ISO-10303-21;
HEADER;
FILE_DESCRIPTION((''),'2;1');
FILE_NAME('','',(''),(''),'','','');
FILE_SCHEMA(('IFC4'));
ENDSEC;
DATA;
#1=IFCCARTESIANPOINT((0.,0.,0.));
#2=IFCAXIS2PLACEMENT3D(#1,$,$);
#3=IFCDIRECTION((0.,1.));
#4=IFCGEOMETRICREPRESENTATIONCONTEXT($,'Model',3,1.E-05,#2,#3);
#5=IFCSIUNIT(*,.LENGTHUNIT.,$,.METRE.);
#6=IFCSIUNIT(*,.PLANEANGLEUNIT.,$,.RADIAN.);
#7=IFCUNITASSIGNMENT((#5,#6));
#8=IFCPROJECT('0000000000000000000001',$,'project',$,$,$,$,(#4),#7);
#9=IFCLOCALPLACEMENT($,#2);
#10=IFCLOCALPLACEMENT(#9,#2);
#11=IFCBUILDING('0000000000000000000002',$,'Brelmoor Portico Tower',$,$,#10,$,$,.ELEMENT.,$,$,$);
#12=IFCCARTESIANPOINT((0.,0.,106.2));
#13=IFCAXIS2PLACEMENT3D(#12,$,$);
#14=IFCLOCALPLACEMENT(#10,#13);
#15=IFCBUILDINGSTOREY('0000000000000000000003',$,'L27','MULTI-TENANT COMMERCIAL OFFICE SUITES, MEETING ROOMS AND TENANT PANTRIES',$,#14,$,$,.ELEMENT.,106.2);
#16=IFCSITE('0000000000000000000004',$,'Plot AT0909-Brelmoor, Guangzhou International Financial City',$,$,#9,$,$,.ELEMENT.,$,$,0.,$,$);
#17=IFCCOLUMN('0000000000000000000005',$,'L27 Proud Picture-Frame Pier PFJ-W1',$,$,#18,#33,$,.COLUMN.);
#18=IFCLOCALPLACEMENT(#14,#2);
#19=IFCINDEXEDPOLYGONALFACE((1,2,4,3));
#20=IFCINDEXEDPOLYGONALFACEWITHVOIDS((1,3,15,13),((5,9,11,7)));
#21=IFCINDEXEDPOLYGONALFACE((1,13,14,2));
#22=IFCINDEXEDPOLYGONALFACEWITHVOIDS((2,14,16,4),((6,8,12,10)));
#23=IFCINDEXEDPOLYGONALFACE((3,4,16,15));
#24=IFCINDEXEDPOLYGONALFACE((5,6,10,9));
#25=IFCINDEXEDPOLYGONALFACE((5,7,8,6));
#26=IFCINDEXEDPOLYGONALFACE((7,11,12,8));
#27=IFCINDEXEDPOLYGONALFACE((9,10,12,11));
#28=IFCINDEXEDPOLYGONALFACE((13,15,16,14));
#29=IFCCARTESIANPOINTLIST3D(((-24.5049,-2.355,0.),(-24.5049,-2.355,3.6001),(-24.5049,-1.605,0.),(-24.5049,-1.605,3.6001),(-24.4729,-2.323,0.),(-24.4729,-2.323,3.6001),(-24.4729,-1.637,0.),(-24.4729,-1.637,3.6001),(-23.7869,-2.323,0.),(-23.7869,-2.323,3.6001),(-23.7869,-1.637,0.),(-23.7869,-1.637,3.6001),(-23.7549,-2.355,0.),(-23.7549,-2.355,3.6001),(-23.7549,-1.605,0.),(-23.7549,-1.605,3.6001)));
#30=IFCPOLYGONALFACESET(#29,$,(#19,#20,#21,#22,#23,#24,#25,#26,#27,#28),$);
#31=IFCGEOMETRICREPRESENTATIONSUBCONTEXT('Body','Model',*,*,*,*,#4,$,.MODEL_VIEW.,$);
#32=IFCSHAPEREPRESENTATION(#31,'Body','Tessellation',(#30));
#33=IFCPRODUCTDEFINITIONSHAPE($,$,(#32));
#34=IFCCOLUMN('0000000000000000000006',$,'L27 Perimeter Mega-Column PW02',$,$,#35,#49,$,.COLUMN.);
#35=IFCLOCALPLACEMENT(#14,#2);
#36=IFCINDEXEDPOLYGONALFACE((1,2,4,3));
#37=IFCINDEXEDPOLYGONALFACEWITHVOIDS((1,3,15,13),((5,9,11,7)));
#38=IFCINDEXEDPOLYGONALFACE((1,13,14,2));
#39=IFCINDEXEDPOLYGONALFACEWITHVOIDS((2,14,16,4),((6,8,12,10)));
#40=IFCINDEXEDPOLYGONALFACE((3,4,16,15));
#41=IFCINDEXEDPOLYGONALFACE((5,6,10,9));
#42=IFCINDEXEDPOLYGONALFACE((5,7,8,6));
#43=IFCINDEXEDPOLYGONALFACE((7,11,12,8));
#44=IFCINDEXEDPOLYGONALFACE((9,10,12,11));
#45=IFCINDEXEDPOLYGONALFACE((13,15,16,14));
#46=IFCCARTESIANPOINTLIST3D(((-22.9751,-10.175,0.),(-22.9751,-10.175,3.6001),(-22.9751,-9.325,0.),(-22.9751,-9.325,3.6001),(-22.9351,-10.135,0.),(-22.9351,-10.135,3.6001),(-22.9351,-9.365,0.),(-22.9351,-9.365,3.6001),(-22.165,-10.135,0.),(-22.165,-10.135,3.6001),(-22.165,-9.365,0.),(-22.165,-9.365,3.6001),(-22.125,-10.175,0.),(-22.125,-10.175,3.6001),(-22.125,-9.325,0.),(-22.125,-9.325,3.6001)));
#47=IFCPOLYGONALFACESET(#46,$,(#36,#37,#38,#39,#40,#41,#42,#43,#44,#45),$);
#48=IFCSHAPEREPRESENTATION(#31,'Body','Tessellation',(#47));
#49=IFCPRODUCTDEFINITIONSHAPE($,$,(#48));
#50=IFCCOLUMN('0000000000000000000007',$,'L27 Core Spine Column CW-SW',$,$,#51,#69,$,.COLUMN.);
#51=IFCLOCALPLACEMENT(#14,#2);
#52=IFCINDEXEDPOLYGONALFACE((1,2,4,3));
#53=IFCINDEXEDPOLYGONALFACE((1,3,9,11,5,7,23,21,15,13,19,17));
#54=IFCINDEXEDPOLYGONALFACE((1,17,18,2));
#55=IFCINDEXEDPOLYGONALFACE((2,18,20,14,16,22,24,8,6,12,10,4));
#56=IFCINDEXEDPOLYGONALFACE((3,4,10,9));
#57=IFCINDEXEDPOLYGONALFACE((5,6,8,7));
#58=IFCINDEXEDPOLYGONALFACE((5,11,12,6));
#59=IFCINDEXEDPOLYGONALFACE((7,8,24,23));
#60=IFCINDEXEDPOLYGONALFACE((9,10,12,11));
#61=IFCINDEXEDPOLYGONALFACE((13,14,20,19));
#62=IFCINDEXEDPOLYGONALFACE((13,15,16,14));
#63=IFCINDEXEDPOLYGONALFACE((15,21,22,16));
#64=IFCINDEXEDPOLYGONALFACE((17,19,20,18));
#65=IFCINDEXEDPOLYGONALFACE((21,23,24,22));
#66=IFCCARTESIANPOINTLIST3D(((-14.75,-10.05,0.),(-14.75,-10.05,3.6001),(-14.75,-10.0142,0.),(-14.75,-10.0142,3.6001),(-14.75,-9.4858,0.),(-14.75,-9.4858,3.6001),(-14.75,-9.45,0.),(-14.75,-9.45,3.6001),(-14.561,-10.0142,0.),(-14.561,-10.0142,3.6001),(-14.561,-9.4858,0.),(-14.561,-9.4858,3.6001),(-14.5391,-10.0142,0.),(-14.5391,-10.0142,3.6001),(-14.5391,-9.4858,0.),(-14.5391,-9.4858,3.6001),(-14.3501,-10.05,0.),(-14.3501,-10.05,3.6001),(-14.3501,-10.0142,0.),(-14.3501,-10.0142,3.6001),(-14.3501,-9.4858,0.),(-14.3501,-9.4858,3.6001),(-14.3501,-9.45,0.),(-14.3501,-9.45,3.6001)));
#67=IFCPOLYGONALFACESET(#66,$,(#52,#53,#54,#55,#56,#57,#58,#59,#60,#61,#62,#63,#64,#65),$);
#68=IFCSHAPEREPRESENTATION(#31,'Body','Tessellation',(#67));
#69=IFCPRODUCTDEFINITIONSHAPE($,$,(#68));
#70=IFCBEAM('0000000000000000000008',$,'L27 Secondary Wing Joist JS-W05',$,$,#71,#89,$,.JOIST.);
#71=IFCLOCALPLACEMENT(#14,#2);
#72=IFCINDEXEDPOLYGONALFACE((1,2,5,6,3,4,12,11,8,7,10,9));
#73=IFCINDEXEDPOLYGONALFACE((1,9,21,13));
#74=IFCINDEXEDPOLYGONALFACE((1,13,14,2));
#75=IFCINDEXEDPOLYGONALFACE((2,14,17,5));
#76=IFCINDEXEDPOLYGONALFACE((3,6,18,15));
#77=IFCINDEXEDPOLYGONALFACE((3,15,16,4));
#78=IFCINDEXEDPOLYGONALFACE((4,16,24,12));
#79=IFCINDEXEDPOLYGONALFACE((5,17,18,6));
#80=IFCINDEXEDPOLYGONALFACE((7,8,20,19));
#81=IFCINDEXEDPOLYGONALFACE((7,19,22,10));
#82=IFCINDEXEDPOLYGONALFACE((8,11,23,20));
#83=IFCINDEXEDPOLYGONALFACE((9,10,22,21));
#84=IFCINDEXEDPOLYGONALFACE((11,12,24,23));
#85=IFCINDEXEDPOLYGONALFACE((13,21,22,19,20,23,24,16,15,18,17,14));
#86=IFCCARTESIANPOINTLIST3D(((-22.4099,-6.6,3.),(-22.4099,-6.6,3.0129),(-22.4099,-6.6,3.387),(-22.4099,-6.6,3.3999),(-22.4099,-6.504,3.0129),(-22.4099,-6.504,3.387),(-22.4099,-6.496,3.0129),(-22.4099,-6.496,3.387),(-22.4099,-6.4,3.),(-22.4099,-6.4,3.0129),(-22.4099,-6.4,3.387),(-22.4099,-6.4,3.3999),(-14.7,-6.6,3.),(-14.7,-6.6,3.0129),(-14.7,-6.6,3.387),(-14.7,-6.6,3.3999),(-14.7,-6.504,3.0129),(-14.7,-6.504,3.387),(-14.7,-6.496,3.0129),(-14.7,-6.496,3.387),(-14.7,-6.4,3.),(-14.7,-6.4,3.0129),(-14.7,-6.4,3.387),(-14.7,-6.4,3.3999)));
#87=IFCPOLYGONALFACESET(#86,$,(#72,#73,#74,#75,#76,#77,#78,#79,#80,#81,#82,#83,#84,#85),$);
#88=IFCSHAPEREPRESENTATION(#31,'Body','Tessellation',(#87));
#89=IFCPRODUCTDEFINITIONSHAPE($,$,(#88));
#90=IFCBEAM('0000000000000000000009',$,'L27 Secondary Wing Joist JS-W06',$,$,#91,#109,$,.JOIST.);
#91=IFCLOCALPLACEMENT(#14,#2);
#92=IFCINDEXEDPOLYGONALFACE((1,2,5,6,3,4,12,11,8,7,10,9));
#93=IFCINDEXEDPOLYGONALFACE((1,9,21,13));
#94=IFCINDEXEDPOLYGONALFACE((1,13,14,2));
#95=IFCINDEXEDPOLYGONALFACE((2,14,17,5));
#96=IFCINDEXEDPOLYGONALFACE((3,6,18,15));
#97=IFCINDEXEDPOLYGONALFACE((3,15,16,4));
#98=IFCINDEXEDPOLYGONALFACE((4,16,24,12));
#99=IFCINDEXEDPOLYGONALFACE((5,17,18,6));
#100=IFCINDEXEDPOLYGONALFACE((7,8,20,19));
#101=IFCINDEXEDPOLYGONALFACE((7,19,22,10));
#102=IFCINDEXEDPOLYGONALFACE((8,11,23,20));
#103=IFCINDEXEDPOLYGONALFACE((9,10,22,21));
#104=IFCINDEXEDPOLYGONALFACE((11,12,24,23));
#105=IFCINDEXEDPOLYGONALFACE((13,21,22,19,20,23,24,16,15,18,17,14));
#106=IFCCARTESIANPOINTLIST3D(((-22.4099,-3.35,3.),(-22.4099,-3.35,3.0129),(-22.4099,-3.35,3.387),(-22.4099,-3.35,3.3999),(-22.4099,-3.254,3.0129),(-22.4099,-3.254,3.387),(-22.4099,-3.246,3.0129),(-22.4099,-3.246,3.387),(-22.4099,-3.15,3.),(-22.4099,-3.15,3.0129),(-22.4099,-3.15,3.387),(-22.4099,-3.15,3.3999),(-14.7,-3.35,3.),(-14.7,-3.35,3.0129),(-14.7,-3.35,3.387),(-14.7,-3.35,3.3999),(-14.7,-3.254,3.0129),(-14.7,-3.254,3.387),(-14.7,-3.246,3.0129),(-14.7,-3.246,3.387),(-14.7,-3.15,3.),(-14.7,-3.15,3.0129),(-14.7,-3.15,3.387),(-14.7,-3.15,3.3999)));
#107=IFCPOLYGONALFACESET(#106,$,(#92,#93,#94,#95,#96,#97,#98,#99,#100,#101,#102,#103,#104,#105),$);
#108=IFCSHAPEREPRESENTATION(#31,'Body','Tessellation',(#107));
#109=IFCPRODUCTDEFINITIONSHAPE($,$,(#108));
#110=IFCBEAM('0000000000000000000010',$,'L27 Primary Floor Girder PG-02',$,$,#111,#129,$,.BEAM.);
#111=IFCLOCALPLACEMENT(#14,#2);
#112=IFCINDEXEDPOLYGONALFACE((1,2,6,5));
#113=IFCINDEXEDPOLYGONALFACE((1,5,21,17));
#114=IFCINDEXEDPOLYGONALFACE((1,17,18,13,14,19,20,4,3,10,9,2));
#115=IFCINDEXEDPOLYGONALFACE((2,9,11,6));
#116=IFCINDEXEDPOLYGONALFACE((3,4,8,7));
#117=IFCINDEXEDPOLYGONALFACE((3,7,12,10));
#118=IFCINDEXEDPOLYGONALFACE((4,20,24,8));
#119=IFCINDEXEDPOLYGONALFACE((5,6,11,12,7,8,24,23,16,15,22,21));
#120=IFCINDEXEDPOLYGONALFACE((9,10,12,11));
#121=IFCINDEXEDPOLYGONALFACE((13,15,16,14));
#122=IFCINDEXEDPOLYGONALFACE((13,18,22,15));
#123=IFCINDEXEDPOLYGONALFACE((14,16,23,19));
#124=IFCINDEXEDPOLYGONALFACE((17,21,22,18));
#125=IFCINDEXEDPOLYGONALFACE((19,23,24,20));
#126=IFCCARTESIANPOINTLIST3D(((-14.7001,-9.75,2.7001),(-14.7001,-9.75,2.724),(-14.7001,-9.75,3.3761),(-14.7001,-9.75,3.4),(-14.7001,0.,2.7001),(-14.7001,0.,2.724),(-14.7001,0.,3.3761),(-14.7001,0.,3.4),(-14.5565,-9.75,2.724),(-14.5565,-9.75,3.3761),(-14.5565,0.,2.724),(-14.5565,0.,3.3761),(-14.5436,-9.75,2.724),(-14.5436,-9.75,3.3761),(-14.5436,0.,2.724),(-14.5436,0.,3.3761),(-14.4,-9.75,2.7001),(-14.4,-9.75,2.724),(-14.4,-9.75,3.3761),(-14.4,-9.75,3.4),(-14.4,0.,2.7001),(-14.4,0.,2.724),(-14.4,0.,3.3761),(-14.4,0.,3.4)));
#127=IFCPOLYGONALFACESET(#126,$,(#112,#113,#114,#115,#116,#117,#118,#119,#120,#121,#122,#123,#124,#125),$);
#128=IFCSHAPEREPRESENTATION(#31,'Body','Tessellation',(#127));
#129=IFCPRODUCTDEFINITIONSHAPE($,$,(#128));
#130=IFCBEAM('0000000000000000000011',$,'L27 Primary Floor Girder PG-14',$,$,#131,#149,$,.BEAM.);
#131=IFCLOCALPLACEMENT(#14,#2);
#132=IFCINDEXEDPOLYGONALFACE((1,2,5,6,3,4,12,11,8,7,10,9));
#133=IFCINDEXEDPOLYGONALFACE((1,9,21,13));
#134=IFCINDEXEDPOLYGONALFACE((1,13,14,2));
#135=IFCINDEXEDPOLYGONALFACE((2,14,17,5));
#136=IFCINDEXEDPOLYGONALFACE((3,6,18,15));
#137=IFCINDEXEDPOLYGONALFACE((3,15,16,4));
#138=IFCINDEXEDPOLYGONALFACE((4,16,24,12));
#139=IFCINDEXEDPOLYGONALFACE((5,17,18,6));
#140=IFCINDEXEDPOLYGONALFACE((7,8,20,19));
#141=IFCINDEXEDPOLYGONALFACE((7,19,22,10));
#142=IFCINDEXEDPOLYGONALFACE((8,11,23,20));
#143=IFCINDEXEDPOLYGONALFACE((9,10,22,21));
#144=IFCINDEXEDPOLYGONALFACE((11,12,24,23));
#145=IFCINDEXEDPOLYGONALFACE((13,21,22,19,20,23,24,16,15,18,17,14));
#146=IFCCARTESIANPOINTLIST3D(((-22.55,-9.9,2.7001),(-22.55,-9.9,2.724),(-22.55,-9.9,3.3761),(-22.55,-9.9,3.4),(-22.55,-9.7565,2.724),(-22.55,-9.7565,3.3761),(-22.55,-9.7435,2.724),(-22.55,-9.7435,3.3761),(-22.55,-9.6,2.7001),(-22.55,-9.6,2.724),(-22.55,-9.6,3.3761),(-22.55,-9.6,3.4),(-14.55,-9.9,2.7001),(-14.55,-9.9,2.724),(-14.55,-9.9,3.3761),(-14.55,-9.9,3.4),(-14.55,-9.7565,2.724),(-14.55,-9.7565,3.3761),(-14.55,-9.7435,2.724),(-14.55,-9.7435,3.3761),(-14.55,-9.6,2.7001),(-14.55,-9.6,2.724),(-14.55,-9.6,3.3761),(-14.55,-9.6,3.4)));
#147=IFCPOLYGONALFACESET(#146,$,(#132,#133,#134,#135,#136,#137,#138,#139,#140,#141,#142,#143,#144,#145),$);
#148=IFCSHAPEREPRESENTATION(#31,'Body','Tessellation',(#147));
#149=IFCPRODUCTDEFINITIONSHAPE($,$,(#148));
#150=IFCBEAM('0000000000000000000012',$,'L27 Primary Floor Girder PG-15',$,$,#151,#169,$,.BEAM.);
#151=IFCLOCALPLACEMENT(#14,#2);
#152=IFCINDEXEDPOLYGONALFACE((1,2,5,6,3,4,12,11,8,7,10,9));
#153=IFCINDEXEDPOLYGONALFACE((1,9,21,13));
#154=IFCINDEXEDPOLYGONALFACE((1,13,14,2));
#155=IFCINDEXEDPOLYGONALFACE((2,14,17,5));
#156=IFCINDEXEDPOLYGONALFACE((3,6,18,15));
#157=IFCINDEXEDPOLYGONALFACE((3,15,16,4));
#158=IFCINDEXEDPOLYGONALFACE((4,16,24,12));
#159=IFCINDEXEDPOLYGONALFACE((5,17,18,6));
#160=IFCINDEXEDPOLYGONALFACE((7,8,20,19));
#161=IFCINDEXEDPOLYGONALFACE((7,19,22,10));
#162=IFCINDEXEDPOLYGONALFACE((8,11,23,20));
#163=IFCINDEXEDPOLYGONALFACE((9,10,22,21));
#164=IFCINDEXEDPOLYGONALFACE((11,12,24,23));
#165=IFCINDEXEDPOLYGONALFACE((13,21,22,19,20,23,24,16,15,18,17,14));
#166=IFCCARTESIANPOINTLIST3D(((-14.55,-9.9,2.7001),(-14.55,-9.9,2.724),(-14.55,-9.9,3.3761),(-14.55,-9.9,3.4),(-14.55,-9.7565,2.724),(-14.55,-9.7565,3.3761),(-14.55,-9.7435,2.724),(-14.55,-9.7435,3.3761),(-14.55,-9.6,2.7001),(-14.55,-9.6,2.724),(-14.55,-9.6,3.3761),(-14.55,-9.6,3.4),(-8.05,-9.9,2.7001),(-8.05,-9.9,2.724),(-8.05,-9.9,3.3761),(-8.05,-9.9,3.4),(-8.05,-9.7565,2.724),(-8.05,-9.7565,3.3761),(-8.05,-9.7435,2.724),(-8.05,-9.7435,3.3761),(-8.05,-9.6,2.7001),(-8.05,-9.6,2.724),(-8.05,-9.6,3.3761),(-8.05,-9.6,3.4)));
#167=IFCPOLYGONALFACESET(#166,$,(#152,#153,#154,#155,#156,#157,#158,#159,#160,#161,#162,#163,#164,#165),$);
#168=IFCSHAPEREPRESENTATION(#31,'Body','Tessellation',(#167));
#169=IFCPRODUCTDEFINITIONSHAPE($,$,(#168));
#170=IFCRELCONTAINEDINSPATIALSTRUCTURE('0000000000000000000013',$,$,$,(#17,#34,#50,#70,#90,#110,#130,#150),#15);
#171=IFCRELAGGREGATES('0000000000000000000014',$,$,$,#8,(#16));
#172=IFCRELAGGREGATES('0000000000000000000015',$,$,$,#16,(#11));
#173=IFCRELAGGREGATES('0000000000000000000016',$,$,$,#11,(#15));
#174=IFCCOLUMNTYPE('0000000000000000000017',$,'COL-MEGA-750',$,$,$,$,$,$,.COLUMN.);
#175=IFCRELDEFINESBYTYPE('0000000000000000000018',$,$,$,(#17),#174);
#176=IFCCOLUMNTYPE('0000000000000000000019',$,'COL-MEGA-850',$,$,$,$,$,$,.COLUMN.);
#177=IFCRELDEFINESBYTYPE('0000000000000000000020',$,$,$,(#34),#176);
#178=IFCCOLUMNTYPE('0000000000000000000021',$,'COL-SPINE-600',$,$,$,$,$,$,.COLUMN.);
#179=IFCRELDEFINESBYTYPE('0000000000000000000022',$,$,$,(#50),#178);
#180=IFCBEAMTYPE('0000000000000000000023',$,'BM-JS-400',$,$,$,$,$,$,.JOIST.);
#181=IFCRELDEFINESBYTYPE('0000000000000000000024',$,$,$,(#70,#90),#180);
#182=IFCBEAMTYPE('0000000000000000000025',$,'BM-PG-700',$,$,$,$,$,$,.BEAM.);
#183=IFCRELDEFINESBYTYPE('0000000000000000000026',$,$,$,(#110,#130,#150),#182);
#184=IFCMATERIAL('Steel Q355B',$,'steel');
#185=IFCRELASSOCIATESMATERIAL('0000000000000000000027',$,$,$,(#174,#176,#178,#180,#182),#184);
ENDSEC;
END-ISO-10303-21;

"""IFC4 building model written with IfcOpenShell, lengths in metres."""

from ifc_helpers import new_model, si_unit, direction, frame, origin, origin_2d, place, context, subcontext, project, spatial, hollow_rectangle, i_section, extrude, material, material_profile, profile_set, type_object, element, save


model = new_model("IFC4")

# Units and contexts
model_context = context("Model", 3, precision=1e-05, world=origin(), true_north=direction((0.0, 1.0)))
body_context = subcontext(model_context, "Body", "Model", "MODEL_VIEW")
ifc_project = project(units=[si_unit("LENGTHUNIT", "METRE"), si_unit("PLANEANGLEUNIT", "RADIAN")], contexts=[model_context])

# Site, building, storey
site_placement = place(None, origin())
site = spatial("IfcSite", under=ifc_project, at=site_placement, Name="Plot AT0909-Brelmoor, Guangzhou International Financial City", CompositionType="ELEMENT", RefElevation=0.0)
building_placement = place(site_placement, origin())
building = spatial("IfcBuilding", under=site, at=building_placement, Name="Brelmoor Portico Tower", CompositionType="ELEMENT")
storey_placement = place(building_placement, frame((0.0, 0.0, 106.2)))
storey = spatial("IfcBuildingStorey", under=building, at=storey_placement, Name="L27", Description="MULTI-TENANT COMMERCIAL OFFICE SUITES, MEETING ROOMS AND TENANT PANTRIES", CompositionType="ELEMENT", Elevation=106.2)

# Columns
ifc_material_1 = material(Name="Steel Q355B", Category="steel")
ifc_material_profile_1 = material_profile(ifc_material_1, hollow_rectangle(XDim=0.75, YDim=0.75, WallThickness=0.032, at=origin_2d()), Name="BOX 750x750x32")
ifc_profile_set_1 = profile_set([ifc_material_profile_1], Name="Steel Q355B")
column_type_1 = type_object("IfcColumnType", Name="COL-MEGA-750", PredefinedType="COLUMN", material=ifc_profile_set_1)
column_1_placement = place(storey_placement, frame((-24.1299, -1.98, 0.0), z_axis=(0.0, 0.0, 1.0), x_axis=(0.0, 1.0, 0.0)))
element("IfcColumn", 1, at=column_1_placement, inside=storey, type_object=column_type_1, Name="L27 Proud Picture-Frame Pier PFJ-W1", PredefinedType="COLUMN", context=body_context, shape_type="SweptSolid", body=[
    extrude(hollow_rectangle(XDim=0.75, YDim=0.75, WallThickness=0.032, at=origin_2d()), origin(), (0.0, 0.0, 1.0), 3.6001),
])
ifc_material_profile_2 = material_profile(ifc_material_1, hollow_rectangle(XDim=0.8501, YDim=0.8501, WallThickness=0.04, at=origin_2d()), Name="BOX 850x850x40")
ifc_profile_set_2 = profile_set([ifc_material_profile_2], Name="Steel Q355B")
column_type_2 = type_object("IfcColumnType", Name="COL-MEGA-850", PredefinedType="COLUMN", material=ifc_profile_set_2)
column_2_placement = place(storey_placement, frame((-22.55, -9.75, 0.0), z_axis=(0.0, 0.0, 1.0), x_axis=(0.0, 1.0, 0.0)))
element("IfcColumn", 2, at=column_2_placement, inside=storey, type_object=column_type_2, Name="L27 Perimeter Mega-Column PW02", PredefinedType="COLUMN", context=body_context, shape_type="SweptSolid", body=[
    extrude(hollow_rectangle(XDim=0.8501, YDim=0.8501, WallThickness=0.04, at=origin_2d()), origin(), (0.0, 0.0, 1.0), 3.6001),
])
ifc_material_profile_3 = material_profile(ifc_material_1, i_section(OverallWidth=0.3999, OverallDepth=0.6001, WebThickness=0.022, FlangeThickness=0.0359, at=origin_2d()), Name="HW 600x400x22x36")
ifc_profile_set_3 = profile_set([ifc_material_profile_3], Name="Steel Q355B")
column_type_3 = type_object("IfcColumnType", Name="COL-SPINE-600", PredefinedType="COLUMN", material=ifc_profile_set_3)
column_3_placement = place(storey_placement, frame((-14.55, -9.75, 0.0), z_axis=(0.0, 0.0, 1.0), x_axis=(1.0, 0.0, 0.0)))
element("IfcColumn", 3, at=column_3_placement, inside=storey, type_object=column_type_3, Name="L27 Core Spine Column CW-SW", PredefinedType="COLUMN", context=body_context, shape_type="SweptSolid", body=[
    extrude(i_section(OverallWidth=0.3999, OverallDepth=0.6001, WebThickness=0.022, FlangeThickness=0.0359, at=origin_2d()), origin(), (0.0, 0.0, 1.0), 3.6001),
])

# Beams
ifc_material_profile_4 = material_profile(ifc_material_1, i_section(OverallWidth=0.2, OverallDepth=0.3999, WebThickness=0.0081, FlangeThickness=0.0129, at=origin_2d()), Name="HN 400x200x8x13")
ifc_profile_set_4 = profile_set([ifc_material_profile_4], Name="Steel Q355B")
beam_type_1 = type_object("IfcBeamType", Name="BM-JS-400", PredefinedType="JOIST", material=ifc_profile_set_4)
for number, where, z_axis, x_axis, name in (
    (4, (-22.4099, -6.5, 3.2), (1.0, 0.0, 0.0), (0.0, 1.0, 0.0), "L27 Secondary Wing Joist JS-W05"),
    (5, (-22.4099, -3.25, 3.2), (1.0, 0.0, 0.0), (0.0, 1.0, 0.0), "L27 Secondary Wing Joist JS-W06"),
):
    element("IfcBeam", number, at=place(storey_placement, frame(where, z_axis=z_axis, x_axis=x_axis)), inside=storey, type_object=beam_type_1, Name=name, PredefinedType="JOIST", context=body_context, shape_type="SweptSolid", body=[
        extrude(i_section(OverallWidth=0.2, OverallDepth=0.3999, WebThickness=0.0081, FlangeThickness=0.0129, at=origin_2d()), origin(), (0.0, 0.0, 1.0), 7.71),
    ])
ifc_material_profile_5 = material_profile(ifc_material_1, i_section(OverallWidth=0.3, OverallDepth=0.7, WebThickness=0.0129, FlangeThickness=0.0239, at=origin_2d()), Name="HN 700x300x13x24")
ifc_profile_set_5 = profile_set([ifc_material_profile_5], Name="Steel Q355B")
beam_type_2 = type_object("IfcBeamType", Name="BM-PG-700", PredefinedType="BEAM", material=ifc_profile_set_5)
beam_1_placement = place(storey_placement, frame((-14.55, -9.75, 3.05), z_axis=(0.0, 1.0, 0.0), x_axis=(-1.0, 0.0, 0.0)))
element("IfcBeam", 6, at=beam_1_placement, inside=storey, type_object=beam_type_2, Name="L27 Primary Floor Girder PG-02", PredefinedType="BEAM", context=body_context, shape_type="SweptSolid", body=[
    extrude(i_section(OverallWidth=0.3, OverallDepth=0.7, WebThickness=0.0129, FlangeThickness=0.0239, at=origin_2d()), origin(), (0.0, 0.0, 1.0), 9.75),
])
beam_2_placement = place(storey_placement, frame((-22.55, -9.75, 3.05), z_axis=(1.0, 0.0, 0.0), x_axis=(0.0, 1.0, 0.0)))
element("IfcBeam", 7, at=beam_2_placement, inside=storey, type_object=beam_type_2, Name="L27 Primary Floor Girder PG-14", PredefinedType="BEAM", context=body_context, shape_type="SweptSolid", body=[
    extrude(i_section(OverallWidth=0.3, OverallDepth=0.7, WebThickness=0.0129, FlangeThickness=0.0239, at=origin_2d()), origin(), (0.0, 0.0, 1.0), 8.0),
])
beam_3_placement = place(storey_placement, frame((-14.55, -9.75, 3.05), z_axis=(1.0, 0.0, 0.0), x_axis=(0.0, 1.0, 0.0)))
element("IfcBeam", 8, at=beam_3_placement, inside=storey, type_object=beam_type_2, Name="L27 Primary Floor Girder PG-15", PredefinedType="BEAM", context=body_context, shape_type="SweptSolid", body=[
    extrude(i_section(OverallWidth=0.3, OverallDepth=0.7, WebThickness=0.0129, FlangeThickness=0.0239, at=origin_2d()), origin(), (0.0, 0.0, 1.0), 6.5),
])

save(model, "model.ifc")
